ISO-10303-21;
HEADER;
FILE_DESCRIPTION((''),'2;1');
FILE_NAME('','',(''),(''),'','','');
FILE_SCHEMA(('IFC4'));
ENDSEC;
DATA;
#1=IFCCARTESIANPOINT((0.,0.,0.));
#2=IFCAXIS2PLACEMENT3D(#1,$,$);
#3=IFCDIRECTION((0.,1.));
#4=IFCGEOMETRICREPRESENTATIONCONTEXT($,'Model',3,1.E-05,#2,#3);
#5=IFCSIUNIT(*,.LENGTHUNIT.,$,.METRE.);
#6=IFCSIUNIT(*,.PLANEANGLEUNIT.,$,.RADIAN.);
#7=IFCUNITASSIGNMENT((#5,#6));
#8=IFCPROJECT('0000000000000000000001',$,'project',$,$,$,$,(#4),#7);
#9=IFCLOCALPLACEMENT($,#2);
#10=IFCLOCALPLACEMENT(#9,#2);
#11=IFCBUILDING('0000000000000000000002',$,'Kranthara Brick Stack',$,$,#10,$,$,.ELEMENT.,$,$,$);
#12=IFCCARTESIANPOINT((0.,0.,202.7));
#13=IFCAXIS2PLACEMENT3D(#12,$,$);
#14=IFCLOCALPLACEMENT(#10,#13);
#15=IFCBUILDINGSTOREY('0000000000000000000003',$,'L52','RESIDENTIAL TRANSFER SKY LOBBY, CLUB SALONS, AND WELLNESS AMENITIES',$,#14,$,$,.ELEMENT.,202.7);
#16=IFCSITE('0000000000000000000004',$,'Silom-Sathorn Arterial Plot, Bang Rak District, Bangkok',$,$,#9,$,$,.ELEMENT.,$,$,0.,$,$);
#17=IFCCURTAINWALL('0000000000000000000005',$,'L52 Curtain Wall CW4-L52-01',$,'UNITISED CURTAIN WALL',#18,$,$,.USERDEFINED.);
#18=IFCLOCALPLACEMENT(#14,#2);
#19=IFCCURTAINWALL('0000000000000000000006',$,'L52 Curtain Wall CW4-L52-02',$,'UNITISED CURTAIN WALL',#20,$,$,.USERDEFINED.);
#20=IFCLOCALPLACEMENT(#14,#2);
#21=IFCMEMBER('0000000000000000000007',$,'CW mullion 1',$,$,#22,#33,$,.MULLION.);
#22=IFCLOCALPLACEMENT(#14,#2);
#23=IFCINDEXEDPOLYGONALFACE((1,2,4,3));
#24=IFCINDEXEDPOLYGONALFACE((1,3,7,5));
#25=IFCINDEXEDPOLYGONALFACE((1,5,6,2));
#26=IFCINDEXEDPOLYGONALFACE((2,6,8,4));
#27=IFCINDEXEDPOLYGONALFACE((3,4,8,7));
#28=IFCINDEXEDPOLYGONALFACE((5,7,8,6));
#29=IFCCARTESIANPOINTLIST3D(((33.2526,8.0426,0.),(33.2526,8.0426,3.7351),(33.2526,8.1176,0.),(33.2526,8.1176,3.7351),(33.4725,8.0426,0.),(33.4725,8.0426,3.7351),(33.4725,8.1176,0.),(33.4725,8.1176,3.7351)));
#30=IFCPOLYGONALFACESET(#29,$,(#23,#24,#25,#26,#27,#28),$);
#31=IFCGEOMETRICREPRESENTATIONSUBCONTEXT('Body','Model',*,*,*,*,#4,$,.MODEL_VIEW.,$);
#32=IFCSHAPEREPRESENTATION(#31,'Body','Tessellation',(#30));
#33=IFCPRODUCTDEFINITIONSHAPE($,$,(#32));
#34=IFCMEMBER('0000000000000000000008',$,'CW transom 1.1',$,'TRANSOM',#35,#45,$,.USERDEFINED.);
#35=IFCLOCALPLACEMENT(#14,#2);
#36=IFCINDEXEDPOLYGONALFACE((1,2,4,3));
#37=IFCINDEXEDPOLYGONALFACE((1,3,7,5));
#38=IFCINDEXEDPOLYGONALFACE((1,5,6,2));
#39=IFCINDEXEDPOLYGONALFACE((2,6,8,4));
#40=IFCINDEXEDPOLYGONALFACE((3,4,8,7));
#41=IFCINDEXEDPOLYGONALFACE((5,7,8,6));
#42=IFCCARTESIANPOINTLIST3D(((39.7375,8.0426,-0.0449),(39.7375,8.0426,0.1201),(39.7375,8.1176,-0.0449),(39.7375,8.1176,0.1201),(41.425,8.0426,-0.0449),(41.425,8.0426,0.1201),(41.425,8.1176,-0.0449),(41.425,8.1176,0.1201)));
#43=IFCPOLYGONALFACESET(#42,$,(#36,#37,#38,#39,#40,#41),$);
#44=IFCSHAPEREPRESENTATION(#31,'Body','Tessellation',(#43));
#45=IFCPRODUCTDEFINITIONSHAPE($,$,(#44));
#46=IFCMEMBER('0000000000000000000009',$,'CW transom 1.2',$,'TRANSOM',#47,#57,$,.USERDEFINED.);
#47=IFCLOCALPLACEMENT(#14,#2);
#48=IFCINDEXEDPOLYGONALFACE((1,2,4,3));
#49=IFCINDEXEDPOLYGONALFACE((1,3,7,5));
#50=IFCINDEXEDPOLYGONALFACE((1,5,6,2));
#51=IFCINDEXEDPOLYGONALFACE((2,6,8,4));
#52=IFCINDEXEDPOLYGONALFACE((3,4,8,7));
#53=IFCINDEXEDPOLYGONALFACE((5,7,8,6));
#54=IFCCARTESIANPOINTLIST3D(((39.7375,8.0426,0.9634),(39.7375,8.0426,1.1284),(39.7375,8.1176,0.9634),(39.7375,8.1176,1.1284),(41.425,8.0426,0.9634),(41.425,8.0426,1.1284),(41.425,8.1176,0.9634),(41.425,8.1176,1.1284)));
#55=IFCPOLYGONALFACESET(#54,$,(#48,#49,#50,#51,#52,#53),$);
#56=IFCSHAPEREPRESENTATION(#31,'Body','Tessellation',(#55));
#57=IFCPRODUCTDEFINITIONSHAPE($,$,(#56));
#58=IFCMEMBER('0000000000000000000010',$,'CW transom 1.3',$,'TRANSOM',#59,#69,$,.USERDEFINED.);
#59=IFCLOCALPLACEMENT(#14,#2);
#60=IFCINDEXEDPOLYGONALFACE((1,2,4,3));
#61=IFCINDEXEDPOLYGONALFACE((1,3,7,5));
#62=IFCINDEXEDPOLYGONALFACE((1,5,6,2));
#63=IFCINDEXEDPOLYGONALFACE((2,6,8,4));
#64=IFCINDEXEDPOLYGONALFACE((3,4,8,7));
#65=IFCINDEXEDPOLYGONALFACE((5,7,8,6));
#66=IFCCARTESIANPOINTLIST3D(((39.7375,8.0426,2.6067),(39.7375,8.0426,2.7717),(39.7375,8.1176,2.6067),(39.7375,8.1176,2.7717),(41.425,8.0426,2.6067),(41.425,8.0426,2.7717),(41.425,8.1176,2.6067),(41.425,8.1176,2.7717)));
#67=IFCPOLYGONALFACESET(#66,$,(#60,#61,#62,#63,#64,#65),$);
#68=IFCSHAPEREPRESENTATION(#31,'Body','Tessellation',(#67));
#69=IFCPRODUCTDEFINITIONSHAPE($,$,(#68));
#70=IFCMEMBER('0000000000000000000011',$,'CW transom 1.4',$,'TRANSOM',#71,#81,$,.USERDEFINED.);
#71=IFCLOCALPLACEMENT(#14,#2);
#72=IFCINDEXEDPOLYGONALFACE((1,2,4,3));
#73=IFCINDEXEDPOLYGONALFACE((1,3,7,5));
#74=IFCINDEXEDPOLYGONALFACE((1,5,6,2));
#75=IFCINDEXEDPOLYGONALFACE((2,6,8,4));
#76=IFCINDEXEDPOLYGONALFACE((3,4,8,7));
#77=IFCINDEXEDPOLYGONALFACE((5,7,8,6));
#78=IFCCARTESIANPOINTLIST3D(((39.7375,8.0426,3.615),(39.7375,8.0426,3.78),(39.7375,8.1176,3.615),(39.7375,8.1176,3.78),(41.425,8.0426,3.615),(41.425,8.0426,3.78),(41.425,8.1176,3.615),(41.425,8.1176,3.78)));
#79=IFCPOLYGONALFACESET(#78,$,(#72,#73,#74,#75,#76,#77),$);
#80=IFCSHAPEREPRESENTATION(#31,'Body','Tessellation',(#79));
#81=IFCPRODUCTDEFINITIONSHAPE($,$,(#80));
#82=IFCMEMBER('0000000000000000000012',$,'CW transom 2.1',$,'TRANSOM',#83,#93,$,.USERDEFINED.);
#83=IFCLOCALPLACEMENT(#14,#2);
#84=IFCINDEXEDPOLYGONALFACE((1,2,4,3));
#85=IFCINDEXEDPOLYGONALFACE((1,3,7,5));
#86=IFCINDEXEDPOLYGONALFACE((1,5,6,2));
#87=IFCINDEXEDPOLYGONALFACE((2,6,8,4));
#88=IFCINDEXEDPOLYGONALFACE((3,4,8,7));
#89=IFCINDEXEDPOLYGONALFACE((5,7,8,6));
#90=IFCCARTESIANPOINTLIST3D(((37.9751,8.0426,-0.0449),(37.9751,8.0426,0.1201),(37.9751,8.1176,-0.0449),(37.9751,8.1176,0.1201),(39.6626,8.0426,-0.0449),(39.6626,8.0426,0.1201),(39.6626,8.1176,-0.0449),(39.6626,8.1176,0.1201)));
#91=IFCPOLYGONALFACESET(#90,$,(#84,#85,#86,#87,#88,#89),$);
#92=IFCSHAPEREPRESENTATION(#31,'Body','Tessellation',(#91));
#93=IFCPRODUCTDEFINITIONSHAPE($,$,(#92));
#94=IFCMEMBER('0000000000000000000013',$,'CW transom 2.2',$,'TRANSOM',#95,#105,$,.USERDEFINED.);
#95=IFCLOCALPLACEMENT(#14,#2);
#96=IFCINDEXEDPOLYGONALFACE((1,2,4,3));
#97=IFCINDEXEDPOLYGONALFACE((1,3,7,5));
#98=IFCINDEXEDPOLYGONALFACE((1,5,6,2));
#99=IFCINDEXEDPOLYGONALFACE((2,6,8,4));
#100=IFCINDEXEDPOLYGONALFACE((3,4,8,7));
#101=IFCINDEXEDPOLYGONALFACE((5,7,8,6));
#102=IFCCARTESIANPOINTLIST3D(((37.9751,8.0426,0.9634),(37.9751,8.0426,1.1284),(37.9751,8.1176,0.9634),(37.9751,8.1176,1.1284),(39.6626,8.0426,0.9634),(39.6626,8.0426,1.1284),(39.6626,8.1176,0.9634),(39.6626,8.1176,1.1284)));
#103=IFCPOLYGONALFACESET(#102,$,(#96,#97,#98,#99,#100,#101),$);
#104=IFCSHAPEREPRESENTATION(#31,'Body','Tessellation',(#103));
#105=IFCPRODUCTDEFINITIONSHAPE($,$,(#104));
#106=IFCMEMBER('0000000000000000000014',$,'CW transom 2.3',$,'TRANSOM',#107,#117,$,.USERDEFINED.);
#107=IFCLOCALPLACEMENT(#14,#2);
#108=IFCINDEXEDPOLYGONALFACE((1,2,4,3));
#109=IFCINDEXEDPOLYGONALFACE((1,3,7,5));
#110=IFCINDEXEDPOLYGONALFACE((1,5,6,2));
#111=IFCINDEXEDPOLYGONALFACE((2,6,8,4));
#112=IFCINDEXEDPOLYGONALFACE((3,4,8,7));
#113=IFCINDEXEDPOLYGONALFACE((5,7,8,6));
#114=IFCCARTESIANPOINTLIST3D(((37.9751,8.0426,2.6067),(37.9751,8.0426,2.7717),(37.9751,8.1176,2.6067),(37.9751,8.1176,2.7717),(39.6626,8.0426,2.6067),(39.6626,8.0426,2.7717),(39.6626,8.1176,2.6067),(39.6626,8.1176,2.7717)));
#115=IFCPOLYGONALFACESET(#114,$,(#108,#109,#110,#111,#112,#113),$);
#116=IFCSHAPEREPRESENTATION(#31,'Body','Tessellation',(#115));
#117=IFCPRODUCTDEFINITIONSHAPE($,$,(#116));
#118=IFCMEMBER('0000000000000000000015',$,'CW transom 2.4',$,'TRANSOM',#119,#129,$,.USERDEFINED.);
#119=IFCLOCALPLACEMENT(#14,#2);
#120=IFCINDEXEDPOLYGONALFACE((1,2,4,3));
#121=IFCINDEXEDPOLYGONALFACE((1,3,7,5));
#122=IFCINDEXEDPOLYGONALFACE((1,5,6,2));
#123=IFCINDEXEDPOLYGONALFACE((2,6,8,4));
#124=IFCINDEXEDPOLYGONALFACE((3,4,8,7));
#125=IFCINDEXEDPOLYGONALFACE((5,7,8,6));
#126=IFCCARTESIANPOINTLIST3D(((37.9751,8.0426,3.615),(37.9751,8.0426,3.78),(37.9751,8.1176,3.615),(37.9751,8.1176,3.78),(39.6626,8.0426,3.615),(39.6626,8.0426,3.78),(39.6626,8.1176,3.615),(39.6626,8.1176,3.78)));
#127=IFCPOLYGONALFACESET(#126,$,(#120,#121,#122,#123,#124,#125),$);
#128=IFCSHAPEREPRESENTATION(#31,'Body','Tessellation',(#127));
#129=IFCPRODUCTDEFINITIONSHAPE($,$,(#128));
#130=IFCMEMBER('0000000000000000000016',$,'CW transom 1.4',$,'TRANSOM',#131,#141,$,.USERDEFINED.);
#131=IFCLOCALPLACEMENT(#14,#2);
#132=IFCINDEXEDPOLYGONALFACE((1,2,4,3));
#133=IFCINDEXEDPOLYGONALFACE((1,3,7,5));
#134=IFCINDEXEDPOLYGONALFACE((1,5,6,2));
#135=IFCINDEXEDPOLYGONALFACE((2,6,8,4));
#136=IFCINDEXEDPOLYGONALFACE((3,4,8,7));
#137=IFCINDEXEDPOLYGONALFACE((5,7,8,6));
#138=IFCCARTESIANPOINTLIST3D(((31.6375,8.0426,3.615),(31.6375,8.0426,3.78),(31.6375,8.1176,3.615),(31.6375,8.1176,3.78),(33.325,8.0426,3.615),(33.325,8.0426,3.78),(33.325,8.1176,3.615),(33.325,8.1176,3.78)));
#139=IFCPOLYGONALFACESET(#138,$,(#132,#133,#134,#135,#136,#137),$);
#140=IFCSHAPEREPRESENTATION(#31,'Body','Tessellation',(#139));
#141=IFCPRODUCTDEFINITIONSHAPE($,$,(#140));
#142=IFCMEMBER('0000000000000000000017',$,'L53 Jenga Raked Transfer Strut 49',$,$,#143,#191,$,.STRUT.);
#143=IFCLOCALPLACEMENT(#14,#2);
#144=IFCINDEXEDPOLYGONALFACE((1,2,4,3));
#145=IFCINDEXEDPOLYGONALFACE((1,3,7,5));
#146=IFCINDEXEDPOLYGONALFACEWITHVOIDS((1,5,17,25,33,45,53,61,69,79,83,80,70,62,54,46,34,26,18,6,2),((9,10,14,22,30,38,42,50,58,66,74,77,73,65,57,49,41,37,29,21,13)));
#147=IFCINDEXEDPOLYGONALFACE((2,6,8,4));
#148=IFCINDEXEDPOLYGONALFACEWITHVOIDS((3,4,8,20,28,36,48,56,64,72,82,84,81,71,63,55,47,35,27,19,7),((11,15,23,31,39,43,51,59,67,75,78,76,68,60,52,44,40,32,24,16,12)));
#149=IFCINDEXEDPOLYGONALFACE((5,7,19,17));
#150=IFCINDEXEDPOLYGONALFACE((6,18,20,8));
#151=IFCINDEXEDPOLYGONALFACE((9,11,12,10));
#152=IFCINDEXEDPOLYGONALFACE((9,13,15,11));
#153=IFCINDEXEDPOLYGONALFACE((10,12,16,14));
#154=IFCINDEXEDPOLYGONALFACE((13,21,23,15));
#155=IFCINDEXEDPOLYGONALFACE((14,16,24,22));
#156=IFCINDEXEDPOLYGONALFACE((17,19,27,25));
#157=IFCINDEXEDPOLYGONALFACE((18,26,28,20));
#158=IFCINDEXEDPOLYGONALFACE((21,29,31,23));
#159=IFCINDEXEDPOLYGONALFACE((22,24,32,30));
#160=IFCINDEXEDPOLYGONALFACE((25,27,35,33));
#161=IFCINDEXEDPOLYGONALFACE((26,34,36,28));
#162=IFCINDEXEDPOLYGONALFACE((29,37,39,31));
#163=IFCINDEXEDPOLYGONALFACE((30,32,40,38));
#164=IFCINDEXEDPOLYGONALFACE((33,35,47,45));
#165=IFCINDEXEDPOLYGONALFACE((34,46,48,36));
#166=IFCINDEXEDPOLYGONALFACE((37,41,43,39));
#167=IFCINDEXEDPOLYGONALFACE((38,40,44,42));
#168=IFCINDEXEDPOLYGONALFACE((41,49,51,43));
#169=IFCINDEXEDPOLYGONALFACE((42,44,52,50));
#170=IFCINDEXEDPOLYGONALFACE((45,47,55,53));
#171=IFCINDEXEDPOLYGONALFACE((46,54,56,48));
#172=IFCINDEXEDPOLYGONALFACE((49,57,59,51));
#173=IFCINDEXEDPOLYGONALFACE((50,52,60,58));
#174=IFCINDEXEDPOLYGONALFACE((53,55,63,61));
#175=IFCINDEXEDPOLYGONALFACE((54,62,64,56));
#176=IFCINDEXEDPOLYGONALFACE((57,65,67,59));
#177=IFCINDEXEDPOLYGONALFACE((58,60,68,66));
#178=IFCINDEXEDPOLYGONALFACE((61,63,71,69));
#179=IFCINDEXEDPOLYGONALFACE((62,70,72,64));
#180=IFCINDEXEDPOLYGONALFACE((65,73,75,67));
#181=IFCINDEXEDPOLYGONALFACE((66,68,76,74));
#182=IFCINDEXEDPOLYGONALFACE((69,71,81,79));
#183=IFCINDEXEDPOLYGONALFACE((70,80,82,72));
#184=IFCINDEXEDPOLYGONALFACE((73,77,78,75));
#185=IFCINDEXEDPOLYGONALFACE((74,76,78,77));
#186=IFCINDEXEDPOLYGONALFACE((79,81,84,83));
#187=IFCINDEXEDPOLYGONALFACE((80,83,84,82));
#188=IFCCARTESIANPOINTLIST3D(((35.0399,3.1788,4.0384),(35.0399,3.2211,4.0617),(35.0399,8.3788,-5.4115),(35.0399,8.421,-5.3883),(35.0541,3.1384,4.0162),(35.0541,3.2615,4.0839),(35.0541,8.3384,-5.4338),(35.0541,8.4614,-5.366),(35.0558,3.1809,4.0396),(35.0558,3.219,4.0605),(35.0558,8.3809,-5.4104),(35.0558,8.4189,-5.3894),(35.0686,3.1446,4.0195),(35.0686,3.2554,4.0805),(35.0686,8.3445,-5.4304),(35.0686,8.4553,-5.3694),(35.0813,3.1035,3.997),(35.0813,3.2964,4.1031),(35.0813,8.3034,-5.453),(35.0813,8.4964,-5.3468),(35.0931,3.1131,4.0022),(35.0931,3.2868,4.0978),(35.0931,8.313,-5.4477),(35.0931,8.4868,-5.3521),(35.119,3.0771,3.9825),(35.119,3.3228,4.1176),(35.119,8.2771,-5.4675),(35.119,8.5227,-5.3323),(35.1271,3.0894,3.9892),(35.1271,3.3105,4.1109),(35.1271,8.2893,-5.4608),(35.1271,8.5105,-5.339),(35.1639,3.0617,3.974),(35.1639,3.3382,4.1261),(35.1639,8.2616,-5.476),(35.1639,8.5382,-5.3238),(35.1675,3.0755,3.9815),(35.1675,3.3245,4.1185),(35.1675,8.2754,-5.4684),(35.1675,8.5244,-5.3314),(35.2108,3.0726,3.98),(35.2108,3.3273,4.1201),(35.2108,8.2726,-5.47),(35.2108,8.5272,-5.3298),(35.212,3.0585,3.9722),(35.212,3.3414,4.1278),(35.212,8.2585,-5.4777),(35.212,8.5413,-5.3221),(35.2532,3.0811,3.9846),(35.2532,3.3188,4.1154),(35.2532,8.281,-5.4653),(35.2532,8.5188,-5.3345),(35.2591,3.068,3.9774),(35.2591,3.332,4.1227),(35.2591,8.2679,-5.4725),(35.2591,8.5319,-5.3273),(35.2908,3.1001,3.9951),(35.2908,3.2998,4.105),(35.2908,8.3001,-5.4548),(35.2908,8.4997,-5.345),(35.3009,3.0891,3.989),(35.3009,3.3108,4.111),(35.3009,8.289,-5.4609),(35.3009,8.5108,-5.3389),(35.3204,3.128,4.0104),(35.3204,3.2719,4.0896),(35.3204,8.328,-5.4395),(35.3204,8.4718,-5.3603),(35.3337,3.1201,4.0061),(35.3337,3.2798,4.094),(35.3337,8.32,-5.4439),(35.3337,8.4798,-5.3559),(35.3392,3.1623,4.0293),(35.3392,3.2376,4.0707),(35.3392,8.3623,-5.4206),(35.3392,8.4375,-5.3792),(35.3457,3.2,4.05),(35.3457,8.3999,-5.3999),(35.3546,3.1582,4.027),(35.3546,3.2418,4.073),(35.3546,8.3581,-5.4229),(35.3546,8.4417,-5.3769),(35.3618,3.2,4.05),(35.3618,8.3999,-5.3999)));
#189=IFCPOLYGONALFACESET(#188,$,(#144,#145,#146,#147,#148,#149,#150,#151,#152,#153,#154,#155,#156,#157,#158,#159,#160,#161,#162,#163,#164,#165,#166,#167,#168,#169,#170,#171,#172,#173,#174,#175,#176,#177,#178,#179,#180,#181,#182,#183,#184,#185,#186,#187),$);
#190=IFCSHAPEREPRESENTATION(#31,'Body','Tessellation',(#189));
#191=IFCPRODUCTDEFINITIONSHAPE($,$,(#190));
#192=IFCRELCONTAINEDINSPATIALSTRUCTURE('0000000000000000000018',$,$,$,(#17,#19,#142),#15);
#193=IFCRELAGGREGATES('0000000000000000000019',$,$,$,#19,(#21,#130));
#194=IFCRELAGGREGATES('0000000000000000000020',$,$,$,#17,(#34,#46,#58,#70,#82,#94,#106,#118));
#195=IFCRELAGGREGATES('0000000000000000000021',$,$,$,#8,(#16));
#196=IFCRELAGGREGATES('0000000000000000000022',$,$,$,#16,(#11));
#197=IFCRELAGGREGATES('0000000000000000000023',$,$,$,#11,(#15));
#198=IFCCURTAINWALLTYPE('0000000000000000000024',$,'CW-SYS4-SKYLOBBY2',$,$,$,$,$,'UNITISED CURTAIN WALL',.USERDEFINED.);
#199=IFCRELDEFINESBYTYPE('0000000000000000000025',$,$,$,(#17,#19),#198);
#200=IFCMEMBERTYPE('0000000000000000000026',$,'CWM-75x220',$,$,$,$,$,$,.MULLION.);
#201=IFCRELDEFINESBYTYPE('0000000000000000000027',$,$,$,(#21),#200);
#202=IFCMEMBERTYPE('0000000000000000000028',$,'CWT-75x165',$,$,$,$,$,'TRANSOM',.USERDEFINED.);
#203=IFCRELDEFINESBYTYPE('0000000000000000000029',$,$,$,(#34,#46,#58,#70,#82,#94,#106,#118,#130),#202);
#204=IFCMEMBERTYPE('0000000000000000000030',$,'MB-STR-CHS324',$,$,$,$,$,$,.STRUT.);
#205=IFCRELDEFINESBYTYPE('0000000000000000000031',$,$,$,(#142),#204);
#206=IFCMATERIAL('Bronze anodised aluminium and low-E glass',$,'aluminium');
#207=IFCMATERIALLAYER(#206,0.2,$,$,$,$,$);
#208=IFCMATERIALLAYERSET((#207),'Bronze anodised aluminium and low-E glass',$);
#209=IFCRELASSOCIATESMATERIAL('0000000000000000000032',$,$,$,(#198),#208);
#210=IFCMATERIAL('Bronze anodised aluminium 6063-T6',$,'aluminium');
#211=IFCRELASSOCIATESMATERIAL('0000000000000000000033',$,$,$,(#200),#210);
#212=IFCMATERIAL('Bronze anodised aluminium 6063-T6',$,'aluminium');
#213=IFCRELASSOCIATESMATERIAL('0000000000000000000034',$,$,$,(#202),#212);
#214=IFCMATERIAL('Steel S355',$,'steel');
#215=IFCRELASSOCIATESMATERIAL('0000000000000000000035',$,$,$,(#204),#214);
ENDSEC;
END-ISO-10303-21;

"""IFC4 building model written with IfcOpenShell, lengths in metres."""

from ifc_helpers import new_model, si_unit, direction, frame, origin, origin_2d, place, context, subcontext, project, spatial, rectangle, hollow_circle, extrude, material, layer, layer_set, material_profile, profile_set, type_object, element, aggregate, save


model = new_model("IFC4")

# Units and contexts
model_context = context("Model", 3, precision=1e-05, world=origin(), true_north=direction((0.0, 1.0)))
body_context = subcontext(model_context, "Body", "Model", "MODEL_VIEW")
ifc_project = project(units=[si_unit("LENGTHUNIT", "METRE"), si_unit("PLANEANGLEUNIT", "RADIAN")], contexts=[model_context])

# Site, building, storey
site_placement = place(None, origin())
site = spatial("IfcSite", under=ifc_project, at=site_placement, Name="Silom-Sathorn Arterial Plot, Bang Rak District, Bangkok", CompositionType="ELEMENT", RefElevation=0.0)
building_placement = place(site_placement, origin())
building = spatial("IfcBuilding", under=site, at=building_placement, Name="Kranthara Brick Stack", CompositionType="ELEMENT")
storey_placement = place(building_placement, frame((0.0, 0.0, 202.7)))
storey = spatial("IfcBuildingStorey", under=building, at=storey_placement, Name="L52", Description="RESIDENTIAL TRANSFER SKY LOBBY, CLUB SALONS, AND WELLNESS AMENITIES", CompositionType="ELEMENT", Elevation=202.7)

# Curtain wall
ifc_material_1 = material(Name="Bronze anodised aluminium and low-E glass", Category="aluminium")
ifc_layer_1 = layer(ifc_material_1, 0.2)
ifc_layer_set_1 = layer_set([ifc_layer_1], Name="Bronze anodised aluminium and low-E glass")
curtain_wall_type = type_object("IfcCurtainWallType", Name="CW-SYS4-SKYLOBBY2", ElementType="UNITISED CURTAIN WALL", PredefinedType="USERDEFINED", material=ifc_layer_set_1)
curtain_wall_1_placement = place(storey_placement, origin())
curtain_wall_1 = element("IfcCurtainWall", 1, at=curtain_wall_1_placement, inside=storey, type_object=curtain_wall_type, Name="L52 Curtain Wall CW4-L52-01", ObjectType="UNITISED CURTAIN WALL", PredefinedType="USERDEFINED")
ifc_material_2 = material(Name="Bronze anodised aluminium 6063-T6", Category="aluminium")
ifc_material_profile_1 = material_profile(ifc_material_2, rectangle(XDim=0.075, YDim=0.22, at=origin_2d()), Name="ALU MULLION 75x220")
ifc_profile_set_1 = profile_set([ifc_material_profile_1], Name="Bronze anodised aluminium 6063-T6")
member_type_1 = type_object("IfcMemberType", Name="CWM-75x220", PredefinedType="MULLION", material=ifc_profile_set_1)

# Curtain wall, member
curtain_wall_2_placement = place(storey_placement, origin())
curtain_wall_2 = element("IfcCurtainWall", 2, at=curtain_wall_2_placement, inside=storey, type_object=curtain_wall_type, Name="L52 Curtain Wall CW4-L52-02", ObjectType="UNITISED CURTAIN WALL", PredefinedType="USERDEFINED")
member_1_placement = place(storey_placement, frame((33.3625, 8.0801, 0.0), z_axis=(0.0, 0.0, 1.0), x_axis=(0.0, -1.0, 0.0)))
member_1 = element("IfcMember", 3, at=member_1_placement, type_object=member_type_1, Name="CW mullion 1", PredefinedType="MULLION", context=body_context, shape_type="SweptSolid", body=[
    extrude(rectangle(XDim=0.075, YDim=0.22, at=origin_2d()), origin(), (0.0, 0.0, 1.0), 3.7351),
])

# Members
ifc_material_3 = material(Name="Bronze anodised aluminium 6063-T6", Category="aluminium")
ifc_material_profile_2 = material_profile(ifc_material_3, rectangle(XDim=0.075, YDim=0.165, at=origin_2d()), Name="ALU TRANSOM 75x165")
ifc_profile_set_2 = profile_set([ifc_material_profile_2], Name="Bronze anodised aluminium 6063-T6")
member_type_2 = type_object("IfcMemberType", Name="CWT-75x165", ElementType="TRANSOM", PredefinedType="USERDEFINED", material=ifc_profile_set_2)
member_2_placement = place(storey_placement, frame((41.425, 8.0801, 0.0376), z_axis=(-1.0, 0.0, 0.0), x_axis=(0.0, -1.0, 0.0)))
member_2 = element("IfcMember", 4, at=member_2_placement, type_object=member_type_2, Name="CW transom 1.1", ObjectType="TRANSOM", PredefinedType="USERDEFINED", context=body_context, shape_type="SweptSolid", body=[
    extrude(rectangle(XDim=0.075, YDim=0.165, at=origin_2d()), origin(), (0.0, 0.0, 1.0), 1.6875),
])
member_3_placement = place(storey_placement, frame((41.425, 8.0801, 1.0459), z_axis=(-1.0, 0.0, 0.0), x_axis=(0.0, -1.0, 0.0)))
member_3 = element("IfcMember", 5, at=member_3_placement, type_object=member_type_2, Name="CW transom 1.2", ObjectType="TRANSOM", PredefinedType="USERDEFINED", context=body_context, shape_type="SweptSolid", body=[
    extrude(rectangle(XDim=0.075, YDim=0.165, at=origin_2d()), origin(), (0.0, 0.0, 1.0), 1.6875),
])
member_4_placement = place(storey_placement, frame((41.425, 8.0801, 2.6892), z_axis=(-1.0, 0.0, 0.0), x_axis=(0.0, -1.0, 0.0)))
member_4 = element("IfcMember", 6, at=member_4_placement, type_object=member_type_2, Name="CW transom 1.3", ObjectType="TRANSOM", PredefinedType="USERDEFINED", context=body_context, shape_type="SweptSolid", body=[
    extrude(rectangle(XDim=0.075, YDim=0.165, at=origin_2d()), origin(), (0.0, 0.0, 1.0), 1.6875),
])
member_5_placement = place(storey_placement, frame((41.425, 8.0801, 3.6975), z_axis=(-1.0, 0.0, 0.0), x_axis=(0.0, -1.0, 0.0)))
member_5 = element("IfcMember", 7, at=member_5_placement, type_object=member_type_2, Name="CW transom 1.4", ObjectType="TRANSOM", PredefinedType="USERDEFINED", context=body_context, shape_type="SweptSolid", body=[
    extrude(rectangle(XDim=0.075, YDim=0.165, at=origin_2d()), origin(), (0.0, 0.0, 1.0), 1.6875),
])
member_6_placement = place(storey_placement, frame((39.6626, 8.0801, 0.0376), z_axis=(-1.0, 0.0, 0.0), x_axis=(0.0, -1.0, 0.0)))
member_6 = element("IfcMember", 8, at=member_6_placement, type_object=member_type_2, Name="CW transom 2.1", ObjectType="TRANSOM", PredefinedType="USERDEFINED", context=body_context, shape_type="SweptSolid", body=[
    extrude(rectangle(XDim=0.075, YDim=0.165, at=origin_2d()), origin(), (0.0, 0.0, 1.0), 1.6875),
])
member_7_placement = place(storey_placement, frame((39.6626, 8.0801, 1.0459), z_axis=(-1.0, 0.0, 0.0), x_axis=(0.0, -1.0, 0.0)))
member_7 = element("IfcMember", 9, at=member_7_placement, type_object=member_type_2, Name="CW transom 2.2", ObjectType="TRANSOM", PredefinedType="USERDEFINED", context=body_context, shape_type="SweptSolid", body=[
    extrude(rectangle(XDim=0.075, YDim=0.165, at=origin_2d()), origin(), (0.0, 0.0, 1.0), 1.6875),
])
member_8_placement = place(storey_placement, frame((39.6626, 8.0801, 2.6892), z_axis=(-1.0, 0.0, 0.0), x_axis=(0.0, -1.0, 0.0)))
member_8 = element("IfcMember", 10, at=member_8_placement, type_object=member_type_2, Name="CW transom 2.3", ObjectType="TRANSOM", PredefinedType="USERDEFINED", context=body_context, shape_type="SweptSolid", body=[
    extrude(rectangle(XDim=0.075, YDim=0.165, at=origin_2d()), origin(), (0.0, 0.0, 1.0), 1.6875),
])
member_9_placement = place(storey_placement, frame((39.6626, 8.0801, 3.6975), z_axis=(-1.0, 0.0, 0.0), x_axis=(0.0, -1.0, 0.0)))
member_9 = element("IfcMember", 11, at=member_9_placement, type_object=member_type_2, Name="CW transom 2.4", ObjectType="TRANSOM", PredefinedType="USERDEFINED", context=body_context, shape_type="SweptSolid", body=[
    extrude(rectangle(XDim=0.075, YDim=0.165, at=origin_2d()), origin(), (0.0, 0.0, 1.0), 1.6875),
])
member_10_placement = place(storey_placement, frame((33.325, 8.0801, 3.6975), z_axis=(-1.0, 0.0, 0.0), x_axis=(0.0, -1.0, 0.0)))
member_10 = element("IfcMember", 12, at=member_10_placement, type_object=member_type_2, Name="CW transom 1.4", ObjectType="TRANSOM", PredefinedType="USERDEFINED", context=body_context, shape_type="SweptSolid", body=[
    extrude(rectangle(XDim=0.075, YDim=0.165, at=origin_2d()), origin(), (0.0, 0.0, 1.0), 1.6875),
])
aggregate(curtain_wall_2, [member_1, member_10])

# Member
ifc_material_4 = material(Name="Steel S355", Category="steel")
ifc_material_profile_3 = material_profile(ifc_material_4, hollow_circle(Radius=0.1619, WallThickness=0.0161, at=origin_2d()), Name="CHS 323.9x16")
ifc_profile_set_3 = profile_set([ifc_material_profile_3], Name="Steel S355")
member_type_3 = type_object("IfcMemberType", Name="MB-STR-CHS324", PredefinedType="STRUT", material=ifc_profile_set_3)
member_11_placement = place(storey_placement, frame((35.2, 8.3999, -5.3999), z_axis=(0.0, -0.482095, 0.876119), x_axis=(1.0, 0.0, 0.0)))
element("IfcMember", 13, at=member_11_placement, inside=storey, type_object=member_type_3, Name="L53 Jenga Raked Transfer Strut 49", PredefinedType="STRUT", context=body_context, shape_type="SweptSolid", body=[
    extrude(hollow_circle(Radius=0.1619, WallThickness=0.0161, at=origin_2d()), origin(), (0.0, 0.0, 1.0), 10.7861),
])

aggregate(curtain_wall_1, [member_2, member_3, member_4, member_5, member_6, member_7, member_8, member_9])

save(model, "model.ifc")
